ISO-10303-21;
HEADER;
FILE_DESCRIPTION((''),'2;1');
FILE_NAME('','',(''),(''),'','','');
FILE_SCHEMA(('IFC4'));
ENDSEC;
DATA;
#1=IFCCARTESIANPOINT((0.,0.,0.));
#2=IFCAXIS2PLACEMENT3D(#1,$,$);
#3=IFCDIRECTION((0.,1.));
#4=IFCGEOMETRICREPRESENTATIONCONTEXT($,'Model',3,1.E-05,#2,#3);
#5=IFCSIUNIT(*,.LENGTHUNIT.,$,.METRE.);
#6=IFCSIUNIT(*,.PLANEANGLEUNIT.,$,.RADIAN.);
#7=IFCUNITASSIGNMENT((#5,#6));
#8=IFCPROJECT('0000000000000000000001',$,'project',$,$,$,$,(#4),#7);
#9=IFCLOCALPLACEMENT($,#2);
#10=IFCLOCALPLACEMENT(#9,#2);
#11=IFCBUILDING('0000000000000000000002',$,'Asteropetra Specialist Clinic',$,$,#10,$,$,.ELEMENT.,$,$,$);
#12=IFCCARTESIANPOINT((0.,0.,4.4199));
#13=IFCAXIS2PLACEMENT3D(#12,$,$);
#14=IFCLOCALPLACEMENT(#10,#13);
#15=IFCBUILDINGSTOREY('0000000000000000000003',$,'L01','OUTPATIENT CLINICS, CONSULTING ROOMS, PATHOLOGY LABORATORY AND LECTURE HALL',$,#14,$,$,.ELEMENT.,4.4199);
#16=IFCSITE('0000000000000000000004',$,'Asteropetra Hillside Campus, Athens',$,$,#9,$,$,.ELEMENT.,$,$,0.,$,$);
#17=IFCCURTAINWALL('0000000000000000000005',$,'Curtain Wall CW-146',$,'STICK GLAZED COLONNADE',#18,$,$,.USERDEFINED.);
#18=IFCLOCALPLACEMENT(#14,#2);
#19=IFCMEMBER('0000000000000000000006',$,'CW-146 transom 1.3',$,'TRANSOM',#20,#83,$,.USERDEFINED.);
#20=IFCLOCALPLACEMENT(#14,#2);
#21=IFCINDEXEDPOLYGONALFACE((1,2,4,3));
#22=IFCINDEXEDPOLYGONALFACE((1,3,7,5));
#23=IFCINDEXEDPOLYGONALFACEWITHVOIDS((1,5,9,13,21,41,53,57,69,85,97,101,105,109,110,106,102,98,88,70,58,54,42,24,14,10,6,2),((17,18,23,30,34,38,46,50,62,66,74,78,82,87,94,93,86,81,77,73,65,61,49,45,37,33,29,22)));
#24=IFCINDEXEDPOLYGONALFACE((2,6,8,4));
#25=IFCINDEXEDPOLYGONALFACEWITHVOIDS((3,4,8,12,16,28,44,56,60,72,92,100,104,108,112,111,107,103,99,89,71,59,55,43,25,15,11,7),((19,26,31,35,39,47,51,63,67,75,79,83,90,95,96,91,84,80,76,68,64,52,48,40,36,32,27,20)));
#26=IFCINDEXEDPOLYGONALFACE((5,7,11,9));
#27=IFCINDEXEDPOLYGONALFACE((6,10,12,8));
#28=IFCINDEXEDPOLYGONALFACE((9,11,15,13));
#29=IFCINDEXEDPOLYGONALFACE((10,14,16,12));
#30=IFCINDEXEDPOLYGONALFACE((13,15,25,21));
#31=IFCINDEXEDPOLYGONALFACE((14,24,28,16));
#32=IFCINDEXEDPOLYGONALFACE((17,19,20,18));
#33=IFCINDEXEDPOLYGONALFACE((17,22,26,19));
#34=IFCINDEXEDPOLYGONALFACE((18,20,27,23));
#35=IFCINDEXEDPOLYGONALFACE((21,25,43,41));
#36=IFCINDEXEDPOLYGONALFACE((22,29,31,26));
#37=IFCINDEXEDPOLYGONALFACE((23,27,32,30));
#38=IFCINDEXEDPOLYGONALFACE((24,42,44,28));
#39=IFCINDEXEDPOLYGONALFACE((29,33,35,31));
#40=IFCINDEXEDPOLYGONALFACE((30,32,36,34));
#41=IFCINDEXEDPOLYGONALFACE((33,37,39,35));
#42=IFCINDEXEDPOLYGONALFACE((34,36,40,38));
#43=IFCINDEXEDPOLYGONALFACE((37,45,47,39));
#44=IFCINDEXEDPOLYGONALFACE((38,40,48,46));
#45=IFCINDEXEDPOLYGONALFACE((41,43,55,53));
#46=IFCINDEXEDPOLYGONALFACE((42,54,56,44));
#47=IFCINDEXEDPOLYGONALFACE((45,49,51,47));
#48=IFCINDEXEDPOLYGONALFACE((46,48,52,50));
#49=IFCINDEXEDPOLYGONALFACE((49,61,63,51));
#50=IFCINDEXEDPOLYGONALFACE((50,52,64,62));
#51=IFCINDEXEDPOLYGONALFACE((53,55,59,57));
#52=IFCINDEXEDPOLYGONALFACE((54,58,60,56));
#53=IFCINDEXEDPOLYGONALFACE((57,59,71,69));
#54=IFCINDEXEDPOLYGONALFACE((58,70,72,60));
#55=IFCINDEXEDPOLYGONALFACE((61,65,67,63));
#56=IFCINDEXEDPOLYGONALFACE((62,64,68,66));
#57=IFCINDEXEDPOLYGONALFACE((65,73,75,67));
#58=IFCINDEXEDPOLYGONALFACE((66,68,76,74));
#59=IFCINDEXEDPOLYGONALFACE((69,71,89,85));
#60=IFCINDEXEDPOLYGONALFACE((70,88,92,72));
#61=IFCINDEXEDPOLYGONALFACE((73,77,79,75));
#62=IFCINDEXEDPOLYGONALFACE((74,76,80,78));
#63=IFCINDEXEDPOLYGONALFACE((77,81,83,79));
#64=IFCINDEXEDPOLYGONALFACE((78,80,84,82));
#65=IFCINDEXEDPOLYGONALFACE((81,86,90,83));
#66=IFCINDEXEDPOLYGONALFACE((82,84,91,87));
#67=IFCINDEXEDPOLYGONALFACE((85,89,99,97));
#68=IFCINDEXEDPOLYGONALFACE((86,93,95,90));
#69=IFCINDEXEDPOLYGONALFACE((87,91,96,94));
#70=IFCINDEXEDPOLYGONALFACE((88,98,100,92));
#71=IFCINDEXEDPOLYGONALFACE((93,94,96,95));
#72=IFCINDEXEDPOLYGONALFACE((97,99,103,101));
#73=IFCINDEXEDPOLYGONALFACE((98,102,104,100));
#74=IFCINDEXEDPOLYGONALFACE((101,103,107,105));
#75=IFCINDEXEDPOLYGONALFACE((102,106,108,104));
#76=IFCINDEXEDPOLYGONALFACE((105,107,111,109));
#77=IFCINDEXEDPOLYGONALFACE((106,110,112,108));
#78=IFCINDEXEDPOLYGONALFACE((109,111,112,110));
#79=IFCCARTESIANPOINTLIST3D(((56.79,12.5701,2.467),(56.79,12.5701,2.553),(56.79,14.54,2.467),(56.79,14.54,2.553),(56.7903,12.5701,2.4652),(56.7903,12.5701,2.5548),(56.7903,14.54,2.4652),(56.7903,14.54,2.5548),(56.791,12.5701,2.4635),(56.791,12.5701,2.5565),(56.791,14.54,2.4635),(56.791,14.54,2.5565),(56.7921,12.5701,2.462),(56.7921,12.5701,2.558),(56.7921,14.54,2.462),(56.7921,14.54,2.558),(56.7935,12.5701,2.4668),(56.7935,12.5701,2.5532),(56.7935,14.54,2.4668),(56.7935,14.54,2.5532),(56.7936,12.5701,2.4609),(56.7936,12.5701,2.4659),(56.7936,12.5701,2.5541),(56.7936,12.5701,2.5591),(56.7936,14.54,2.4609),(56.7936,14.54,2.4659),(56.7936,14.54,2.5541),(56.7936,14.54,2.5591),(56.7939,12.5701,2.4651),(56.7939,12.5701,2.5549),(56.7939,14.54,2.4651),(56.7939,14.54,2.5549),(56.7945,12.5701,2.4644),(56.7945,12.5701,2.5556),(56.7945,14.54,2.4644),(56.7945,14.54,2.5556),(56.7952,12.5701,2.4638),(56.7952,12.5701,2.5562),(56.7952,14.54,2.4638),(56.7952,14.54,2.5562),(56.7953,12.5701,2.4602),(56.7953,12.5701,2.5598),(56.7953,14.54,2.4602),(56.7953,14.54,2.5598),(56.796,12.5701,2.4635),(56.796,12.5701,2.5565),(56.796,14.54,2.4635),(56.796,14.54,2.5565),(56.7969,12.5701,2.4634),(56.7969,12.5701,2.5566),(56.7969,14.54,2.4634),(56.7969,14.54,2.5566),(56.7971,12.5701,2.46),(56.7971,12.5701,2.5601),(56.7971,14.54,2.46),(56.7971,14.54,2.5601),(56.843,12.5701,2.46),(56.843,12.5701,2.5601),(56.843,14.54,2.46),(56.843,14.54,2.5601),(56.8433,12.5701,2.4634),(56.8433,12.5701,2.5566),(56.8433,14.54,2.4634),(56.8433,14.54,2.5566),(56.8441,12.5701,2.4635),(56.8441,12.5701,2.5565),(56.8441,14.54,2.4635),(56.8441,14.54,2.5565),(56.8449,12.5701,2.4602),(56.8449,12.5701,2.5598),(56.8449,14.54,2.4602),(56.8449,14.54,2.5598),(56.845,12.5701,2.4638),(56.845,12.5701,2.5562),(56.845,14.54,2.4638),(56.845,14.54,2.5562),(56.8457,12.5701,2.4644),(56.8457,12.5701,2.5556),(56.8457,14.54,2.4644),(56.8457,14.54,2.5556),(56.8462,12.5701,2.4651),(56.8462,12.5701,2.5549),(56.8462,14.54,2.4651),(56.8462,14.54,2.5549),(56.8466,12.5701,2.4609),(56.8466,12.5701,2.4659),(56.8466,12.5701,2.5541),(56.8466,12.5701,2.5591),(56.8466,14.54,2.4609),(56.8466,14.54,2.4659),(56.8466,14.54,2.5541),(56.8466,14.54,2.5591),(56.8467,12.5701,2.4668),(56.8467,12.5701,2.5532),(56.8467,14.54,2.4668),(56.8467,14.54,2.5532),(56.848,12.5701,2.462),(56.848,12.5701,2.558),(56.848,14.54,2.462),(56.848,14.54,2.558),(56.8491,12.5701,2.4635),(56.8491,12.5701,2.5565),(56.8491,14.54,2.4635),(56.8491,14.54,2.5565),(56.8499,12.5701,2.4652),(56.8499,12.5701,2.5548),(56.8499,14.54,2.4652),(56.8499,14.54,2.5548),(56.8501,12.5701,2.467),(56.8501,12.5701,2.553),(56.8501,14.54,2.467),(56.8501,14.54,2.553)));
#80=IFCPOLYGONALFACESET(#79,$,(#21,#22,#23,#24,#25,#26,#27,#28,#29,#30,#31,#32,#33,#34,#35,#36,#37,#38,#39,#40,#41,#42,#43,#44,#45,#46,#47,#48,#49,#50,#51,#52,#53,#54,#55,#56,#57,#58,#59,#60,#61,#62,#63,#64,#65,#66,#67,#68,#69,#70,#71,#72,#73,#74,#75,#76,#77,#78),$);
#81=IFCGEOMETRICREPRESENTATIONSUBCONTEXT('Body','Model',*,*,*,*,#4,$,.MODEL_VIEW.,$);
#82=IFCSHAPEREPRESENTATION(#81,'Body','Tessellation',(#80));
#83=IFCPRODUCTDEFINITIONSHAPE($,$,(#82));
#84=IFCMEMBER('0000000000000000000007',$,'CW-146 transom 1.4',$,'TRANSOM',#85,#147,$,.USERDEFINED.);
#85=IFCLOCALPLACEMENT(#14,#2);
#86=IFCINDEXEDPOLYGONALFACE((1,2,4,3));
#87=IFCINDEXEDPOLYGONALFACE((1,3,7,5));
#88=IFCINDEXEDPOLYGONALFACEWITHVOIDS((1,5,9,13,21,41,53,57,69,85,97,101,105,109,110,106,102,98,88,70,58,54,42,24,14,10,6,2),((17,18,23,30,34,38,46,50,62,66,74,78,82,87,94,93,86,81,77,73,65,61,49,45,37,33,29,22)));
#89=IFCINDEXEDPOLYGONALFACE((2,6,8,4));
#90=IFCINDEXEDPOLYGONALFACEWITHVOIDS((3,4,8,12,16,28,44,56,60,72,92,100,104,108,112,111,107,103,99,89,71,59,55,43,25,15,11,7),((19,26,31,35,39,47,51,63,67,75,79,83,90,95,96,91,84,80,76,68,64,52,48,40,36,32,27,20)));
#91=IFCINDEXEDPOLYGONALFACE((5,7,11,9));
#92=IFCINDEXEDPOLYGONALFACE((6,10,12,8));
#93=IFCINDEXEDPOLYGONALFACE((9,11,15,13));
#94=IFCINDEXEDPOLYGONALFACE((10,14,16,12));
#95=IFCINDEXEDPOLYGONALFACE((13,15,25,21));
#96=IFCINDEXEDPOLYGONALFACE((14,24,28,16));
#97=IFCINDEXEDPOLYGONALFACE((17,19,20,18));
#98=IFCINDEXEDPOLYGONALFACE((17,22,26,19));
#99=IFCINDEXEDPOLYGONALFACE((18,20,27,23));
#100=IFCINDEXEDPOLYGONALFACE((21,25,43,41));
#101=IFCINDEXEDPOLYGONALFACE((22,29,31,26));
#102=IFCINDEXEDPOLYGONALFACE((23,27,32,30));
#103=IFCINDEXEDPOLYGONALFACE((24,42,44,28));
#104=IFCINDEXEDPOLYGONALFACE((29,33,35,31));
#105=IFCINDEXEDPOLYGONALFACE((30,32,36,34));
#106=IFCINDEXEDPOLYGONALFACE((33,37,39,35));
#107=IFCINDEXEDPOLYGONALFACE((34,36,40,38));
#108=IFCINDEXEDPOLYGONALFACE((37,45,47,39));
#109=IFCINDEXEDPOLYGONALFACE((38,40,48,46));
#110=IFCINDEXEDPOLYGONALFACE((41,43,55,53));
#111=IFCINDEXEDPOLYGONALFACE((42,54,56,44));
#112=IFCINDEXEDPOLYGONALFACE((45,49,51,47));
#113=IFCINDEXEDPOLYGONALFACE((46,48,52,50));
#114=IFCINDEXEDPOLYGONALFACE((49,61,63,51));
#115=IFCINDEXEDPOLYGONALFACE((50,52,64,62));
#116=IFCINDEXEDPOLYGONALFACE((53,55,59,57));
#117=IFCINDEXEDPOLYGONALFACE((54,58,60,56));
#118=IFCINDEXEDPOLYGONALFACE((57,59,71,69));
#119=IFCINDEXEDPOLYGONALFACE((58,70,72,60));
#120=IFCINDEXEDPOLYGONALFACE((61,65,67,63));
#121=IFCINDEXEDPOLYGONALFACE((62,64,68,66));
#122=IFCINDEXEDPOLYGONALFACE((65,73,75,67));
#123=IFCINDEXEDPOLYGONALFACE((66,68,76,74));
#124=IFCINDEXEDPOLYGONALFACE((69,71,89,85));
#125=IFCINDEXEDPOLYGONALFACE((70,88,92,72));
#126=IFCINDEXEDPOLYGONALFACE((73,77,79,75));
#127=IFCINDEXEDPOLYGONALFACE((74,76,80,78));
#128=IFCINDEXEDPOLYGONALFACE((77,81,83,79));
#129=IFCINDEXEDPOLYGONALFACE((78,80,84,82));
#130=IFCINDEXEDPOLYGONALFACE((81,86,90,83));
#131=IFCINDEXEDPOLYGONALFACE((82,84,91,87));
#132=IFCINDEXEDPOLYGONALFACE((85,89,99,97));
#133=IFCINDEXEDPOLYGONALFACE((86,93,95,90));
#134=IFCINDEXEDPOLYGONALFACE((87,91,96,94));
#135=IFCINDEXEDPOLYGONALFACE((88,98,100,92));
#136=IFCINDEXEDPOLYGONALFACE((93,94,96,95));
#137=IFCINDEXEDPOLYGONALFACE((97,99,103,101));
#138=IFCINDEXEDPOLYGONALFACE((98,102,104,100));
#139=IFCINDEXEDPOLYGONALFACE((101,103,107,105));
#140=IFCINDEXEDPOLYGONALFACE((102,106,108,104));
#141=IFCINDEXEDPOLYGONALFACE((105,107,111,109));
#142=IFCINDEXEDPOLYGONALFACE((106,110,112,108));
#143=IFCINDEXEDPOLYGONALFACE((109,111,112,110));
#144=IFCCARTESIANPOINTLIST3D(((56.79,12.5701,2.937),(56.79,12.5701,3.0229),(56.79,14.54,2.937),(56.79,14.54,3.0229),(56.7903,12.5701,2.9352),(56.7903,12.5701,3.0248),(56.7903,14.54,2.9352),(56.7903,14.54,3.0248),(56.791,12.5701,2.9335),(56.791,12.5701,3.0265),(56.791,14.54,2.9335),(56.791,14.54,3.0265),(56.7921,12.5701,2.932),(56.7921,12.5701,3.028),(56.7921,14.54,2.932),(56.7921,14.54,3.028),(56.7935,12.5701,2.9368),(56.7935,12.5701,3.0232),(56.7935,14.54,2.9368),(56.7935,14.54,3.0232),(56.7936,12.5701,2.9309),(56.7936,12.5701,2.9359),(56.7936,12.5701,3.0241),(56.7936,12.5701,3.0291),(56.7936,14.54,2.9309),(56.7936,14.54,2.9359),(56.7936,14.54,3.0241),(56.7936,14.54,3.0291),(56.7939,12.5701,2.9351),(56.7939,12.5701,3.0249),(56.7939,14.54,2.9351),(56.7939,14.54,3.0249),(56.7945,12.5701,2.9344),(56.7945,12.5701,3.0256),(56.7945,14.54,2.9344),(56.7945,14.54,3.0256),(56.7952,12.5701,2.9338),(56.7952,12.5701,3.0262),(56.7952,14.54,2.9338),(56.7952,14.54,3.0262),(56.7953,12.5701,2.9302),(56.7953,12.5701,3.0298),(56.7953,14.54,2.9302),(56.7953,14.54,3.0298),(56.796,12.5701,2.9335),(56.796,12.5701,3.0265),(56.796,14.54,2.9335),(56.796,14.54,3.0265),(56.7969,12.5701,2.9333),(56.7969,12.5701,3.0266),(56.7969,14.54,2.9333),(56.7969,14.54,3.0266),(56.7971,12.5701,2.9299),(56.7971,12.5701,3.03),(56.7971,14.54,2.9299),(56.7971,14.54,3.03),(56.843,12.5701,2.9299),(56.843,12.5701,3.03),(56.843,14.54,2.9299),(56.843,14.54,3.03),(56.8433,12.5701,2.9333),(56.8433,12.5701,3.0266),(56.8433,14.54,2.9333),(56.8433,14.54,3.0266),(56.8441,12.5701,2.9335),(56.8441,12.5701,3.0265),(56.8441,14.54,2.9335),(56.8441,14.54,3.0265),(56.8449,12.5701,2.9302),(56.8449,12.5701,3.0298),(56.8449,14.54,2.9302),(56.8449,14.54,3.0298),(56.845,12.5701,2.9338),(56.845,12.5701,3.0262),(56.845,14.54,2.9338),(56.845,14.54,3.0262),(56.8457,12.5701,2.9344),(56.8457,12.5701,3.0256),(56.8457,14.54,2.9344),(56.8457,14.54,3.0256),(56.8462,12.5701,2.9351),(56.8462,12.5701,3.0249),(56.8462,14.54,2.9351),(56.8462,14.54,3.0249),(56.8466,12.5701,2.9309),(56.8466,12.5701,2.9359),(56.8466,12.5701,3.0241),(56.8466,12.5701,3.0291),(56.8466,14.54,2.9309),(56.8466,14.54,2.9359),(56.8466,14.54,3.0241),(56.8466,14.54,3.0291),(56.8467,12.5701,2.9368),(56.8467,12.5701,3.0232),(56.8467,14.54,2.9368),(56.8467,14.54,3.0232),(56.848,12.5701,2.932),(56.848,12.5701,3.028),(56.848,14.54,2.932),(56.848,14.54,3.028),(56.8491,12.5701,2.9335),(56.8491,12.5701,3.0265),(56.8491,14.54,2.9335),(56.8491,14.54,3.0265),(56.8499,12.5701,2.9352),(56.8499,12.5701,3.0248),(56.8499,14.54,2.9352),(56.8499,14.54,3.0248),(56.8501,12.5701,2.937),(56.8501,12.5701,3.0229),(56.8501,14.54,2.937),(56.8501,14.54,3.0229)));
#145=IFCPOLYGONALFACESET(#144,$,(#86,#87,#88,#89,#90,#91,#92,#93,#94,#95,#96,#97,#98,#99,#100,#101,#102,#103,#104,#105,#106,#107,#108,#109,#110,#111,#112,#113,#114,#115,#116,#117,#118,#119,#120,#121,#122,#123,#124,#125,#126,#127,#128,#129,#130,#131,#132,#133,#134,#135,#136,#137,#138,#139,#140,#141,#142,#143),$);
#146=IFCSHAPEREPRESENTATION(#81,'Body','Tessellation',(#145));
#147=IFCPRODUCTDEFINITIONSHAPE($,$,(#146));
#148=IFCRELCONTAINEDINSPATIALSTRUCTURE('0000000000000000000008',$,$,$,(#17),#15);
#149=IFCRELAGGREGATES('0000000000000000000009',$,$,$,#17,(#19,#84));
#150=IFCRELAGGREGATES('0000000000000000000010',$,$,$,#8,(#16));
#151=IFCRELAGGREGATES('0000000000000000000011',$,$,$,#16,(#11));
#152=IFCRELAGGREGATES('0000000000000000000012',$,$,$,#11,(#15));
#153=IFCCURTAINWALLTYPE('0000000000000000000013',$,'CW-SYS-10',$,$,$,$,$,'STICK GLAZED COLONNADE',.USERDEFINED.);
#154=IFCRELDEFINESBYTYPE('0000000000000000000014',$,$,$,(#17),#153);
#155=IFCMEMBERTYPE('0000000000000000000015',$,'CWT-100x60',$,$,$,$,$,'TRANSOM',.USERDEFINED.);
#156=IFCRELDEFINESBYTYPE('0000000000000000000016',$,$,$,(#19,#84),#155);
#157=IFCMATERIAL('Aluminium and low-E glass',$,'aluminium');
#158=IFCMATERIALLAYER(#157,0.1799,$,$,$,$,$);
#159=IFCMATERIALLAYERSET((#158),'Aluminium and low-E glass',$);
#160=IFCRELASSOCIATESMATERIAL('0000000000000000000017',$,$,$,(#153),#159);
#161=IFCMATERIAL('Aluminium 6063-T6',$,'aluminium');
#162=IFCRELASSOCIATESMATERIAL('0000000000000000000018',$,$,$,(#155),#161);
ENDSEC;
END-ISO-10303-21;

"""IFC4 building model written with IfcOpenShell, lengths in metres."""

from ifc_helpers import new_model, si_unit, direction, frame, origin, origin_2d, place, context, subcontext, project, spatial, hollow_rectangle, extrude, material, layer, layer_set, material_profile, profile_set, type_object, element, aggregate, save


model = new_model("IFC4")

# Units and contexts
model_context = context("Model", 3, precision=1e-05, world=origin(), true_north=direction((0.0, 1.0)))
body_context = subcontext(model_context, "Body", "Model", "MODEL_VIEW")
ifc_project = project(units=[si_unit("LENGTHUNIT", "METRE"), si_unit("PLANEANGLEUNIT", "RADIAN")], contexts=[model_context])

# Site, building, storey
site_placement = place(None, origin())
site = spatial("IfcSite", under=ifc_project, at=site_placement, Name="Asteropetra Hillside Campus, Athens", CompositionType="ELEMENT", RefElevation=0.0)
building_placement = place(site_placement, origin())
building = spatial("IfcBuilding", under=site, at=building_placement, Name="Asteropetra Specialist Clinic", CompositionType="ELEMENT")
storey_placement = place(building_placement, frame((0.0, 0.0, 4.4199)))
storey = spatial("IfcBuildingStorey", under=building, at=storey_placement, Name="L01", Description="OUTPATIENT CLINICS, CONSULTING ROOMS, PATHOLOGY LABORATORY AND LECTURE HALL", CompositionType="ELEMENT", Elevation=4.4199)

# Curtain wall, members
ifc_material_1 = material(Name="Aluminium and low-E glass", Category="aluminium")
ifc_layer_1 = layer(ifc_material_1, 0.1799)
ifc_layer_set_1 = layer_set([ifc_layer_1], Name="Aluminium and low-E glass")
curtain_wall_type = type_object("IfcCurtainWallType", Name="CW-SYS-10", ElementType="STICK GLAZED COLONNADE", PredefinedType="USERDEFINED", material=ifc_layer_set_1)
curtain_wall_placement = place(storey_placement, origin())
curtain_wall = element("IfcCurtainWall", 1, at=curtain_wall_placement, inside=storey, type_object=curtain_wall_type, Name="Curtain Wall CW-146", ObjectType="STICK GLAZED COLONNADE", PredefinedType="USERDEFINED")
ifc_material_2 = material(Name="Aluminium 6063-T6", Category="aluminium")
ifc_material_profile_1 = material_profile(ifc_material_2, hollow_rectangle(XDim=0.0601, YDim=0.1001, WallThickness=0.0034, InnerFilletRadius=0.0034, OuterFilletRadius=0.0071, at=origin_2d()), Name="TRN 100x60x3.5")
ifc_profile_set_1 = profile_set([ifc_material_profile_1], Name="Aluminium 6063-T6")
member_type_1 = type_object("IfcMemberType", Name="CWT-100x60", ElementType="TRANSOM", PredefinedType="USERDEFINED", material=ifc_profile_set_1)
member_1_placement = place(storey_placement, frame((56.8201, 12.5701, 2.51), z_axis=(0.0, 1.0, 0.0), x_axis=(-1.0, 0.0, 0.0)))
member_1 = element("IfcMember", 2, at=member_1_placement, type_object=member_type_1, Name="CW-146 transom 1.3", ObjectType="TRANSOM", PredefinedType="USERDEFINED", context=body_context, shape_type="SweptSolid", body=[
    extrude(hollow_rectangle(XDim=0.0601, YDim=0.1001, WallThickness=0.0034, InnerFilletRadius=0.0034, OuterFilletRadius=0.0071, at=origin_2d()), origin(), (0.0, 0.0, 1.0), 1.97),
])
member_2_placement = place(storey_placement, frame((56.8201, 12.5701, 2.98), z_axis=(0.0, 1.0, 0.0), x_axis=(-1.0, 0.0, 0.0)))
member_2 = element("IfcMember", 3, at=member_2_placement, type_object=member_type_1, Name="CW-146 transom 1.4", ObjectType="TRANSOM", PredefinedType="USERDEFINED", context=body_context, shape_type="SweptSolid", body=[
    extrude(hollow_rectangle(XDim=0.0601, YDim=0.1001, WallThickness=0.0034, InnerFilletRadius=0.0034, OuterFilletRadius=0.0071, at=origin_2d()), origin(), (0.0, 0.0, 1.0), 1.97),
])

aggregate(curtain_wall, [member_1, member_2])

save(model, "model.ifc")
